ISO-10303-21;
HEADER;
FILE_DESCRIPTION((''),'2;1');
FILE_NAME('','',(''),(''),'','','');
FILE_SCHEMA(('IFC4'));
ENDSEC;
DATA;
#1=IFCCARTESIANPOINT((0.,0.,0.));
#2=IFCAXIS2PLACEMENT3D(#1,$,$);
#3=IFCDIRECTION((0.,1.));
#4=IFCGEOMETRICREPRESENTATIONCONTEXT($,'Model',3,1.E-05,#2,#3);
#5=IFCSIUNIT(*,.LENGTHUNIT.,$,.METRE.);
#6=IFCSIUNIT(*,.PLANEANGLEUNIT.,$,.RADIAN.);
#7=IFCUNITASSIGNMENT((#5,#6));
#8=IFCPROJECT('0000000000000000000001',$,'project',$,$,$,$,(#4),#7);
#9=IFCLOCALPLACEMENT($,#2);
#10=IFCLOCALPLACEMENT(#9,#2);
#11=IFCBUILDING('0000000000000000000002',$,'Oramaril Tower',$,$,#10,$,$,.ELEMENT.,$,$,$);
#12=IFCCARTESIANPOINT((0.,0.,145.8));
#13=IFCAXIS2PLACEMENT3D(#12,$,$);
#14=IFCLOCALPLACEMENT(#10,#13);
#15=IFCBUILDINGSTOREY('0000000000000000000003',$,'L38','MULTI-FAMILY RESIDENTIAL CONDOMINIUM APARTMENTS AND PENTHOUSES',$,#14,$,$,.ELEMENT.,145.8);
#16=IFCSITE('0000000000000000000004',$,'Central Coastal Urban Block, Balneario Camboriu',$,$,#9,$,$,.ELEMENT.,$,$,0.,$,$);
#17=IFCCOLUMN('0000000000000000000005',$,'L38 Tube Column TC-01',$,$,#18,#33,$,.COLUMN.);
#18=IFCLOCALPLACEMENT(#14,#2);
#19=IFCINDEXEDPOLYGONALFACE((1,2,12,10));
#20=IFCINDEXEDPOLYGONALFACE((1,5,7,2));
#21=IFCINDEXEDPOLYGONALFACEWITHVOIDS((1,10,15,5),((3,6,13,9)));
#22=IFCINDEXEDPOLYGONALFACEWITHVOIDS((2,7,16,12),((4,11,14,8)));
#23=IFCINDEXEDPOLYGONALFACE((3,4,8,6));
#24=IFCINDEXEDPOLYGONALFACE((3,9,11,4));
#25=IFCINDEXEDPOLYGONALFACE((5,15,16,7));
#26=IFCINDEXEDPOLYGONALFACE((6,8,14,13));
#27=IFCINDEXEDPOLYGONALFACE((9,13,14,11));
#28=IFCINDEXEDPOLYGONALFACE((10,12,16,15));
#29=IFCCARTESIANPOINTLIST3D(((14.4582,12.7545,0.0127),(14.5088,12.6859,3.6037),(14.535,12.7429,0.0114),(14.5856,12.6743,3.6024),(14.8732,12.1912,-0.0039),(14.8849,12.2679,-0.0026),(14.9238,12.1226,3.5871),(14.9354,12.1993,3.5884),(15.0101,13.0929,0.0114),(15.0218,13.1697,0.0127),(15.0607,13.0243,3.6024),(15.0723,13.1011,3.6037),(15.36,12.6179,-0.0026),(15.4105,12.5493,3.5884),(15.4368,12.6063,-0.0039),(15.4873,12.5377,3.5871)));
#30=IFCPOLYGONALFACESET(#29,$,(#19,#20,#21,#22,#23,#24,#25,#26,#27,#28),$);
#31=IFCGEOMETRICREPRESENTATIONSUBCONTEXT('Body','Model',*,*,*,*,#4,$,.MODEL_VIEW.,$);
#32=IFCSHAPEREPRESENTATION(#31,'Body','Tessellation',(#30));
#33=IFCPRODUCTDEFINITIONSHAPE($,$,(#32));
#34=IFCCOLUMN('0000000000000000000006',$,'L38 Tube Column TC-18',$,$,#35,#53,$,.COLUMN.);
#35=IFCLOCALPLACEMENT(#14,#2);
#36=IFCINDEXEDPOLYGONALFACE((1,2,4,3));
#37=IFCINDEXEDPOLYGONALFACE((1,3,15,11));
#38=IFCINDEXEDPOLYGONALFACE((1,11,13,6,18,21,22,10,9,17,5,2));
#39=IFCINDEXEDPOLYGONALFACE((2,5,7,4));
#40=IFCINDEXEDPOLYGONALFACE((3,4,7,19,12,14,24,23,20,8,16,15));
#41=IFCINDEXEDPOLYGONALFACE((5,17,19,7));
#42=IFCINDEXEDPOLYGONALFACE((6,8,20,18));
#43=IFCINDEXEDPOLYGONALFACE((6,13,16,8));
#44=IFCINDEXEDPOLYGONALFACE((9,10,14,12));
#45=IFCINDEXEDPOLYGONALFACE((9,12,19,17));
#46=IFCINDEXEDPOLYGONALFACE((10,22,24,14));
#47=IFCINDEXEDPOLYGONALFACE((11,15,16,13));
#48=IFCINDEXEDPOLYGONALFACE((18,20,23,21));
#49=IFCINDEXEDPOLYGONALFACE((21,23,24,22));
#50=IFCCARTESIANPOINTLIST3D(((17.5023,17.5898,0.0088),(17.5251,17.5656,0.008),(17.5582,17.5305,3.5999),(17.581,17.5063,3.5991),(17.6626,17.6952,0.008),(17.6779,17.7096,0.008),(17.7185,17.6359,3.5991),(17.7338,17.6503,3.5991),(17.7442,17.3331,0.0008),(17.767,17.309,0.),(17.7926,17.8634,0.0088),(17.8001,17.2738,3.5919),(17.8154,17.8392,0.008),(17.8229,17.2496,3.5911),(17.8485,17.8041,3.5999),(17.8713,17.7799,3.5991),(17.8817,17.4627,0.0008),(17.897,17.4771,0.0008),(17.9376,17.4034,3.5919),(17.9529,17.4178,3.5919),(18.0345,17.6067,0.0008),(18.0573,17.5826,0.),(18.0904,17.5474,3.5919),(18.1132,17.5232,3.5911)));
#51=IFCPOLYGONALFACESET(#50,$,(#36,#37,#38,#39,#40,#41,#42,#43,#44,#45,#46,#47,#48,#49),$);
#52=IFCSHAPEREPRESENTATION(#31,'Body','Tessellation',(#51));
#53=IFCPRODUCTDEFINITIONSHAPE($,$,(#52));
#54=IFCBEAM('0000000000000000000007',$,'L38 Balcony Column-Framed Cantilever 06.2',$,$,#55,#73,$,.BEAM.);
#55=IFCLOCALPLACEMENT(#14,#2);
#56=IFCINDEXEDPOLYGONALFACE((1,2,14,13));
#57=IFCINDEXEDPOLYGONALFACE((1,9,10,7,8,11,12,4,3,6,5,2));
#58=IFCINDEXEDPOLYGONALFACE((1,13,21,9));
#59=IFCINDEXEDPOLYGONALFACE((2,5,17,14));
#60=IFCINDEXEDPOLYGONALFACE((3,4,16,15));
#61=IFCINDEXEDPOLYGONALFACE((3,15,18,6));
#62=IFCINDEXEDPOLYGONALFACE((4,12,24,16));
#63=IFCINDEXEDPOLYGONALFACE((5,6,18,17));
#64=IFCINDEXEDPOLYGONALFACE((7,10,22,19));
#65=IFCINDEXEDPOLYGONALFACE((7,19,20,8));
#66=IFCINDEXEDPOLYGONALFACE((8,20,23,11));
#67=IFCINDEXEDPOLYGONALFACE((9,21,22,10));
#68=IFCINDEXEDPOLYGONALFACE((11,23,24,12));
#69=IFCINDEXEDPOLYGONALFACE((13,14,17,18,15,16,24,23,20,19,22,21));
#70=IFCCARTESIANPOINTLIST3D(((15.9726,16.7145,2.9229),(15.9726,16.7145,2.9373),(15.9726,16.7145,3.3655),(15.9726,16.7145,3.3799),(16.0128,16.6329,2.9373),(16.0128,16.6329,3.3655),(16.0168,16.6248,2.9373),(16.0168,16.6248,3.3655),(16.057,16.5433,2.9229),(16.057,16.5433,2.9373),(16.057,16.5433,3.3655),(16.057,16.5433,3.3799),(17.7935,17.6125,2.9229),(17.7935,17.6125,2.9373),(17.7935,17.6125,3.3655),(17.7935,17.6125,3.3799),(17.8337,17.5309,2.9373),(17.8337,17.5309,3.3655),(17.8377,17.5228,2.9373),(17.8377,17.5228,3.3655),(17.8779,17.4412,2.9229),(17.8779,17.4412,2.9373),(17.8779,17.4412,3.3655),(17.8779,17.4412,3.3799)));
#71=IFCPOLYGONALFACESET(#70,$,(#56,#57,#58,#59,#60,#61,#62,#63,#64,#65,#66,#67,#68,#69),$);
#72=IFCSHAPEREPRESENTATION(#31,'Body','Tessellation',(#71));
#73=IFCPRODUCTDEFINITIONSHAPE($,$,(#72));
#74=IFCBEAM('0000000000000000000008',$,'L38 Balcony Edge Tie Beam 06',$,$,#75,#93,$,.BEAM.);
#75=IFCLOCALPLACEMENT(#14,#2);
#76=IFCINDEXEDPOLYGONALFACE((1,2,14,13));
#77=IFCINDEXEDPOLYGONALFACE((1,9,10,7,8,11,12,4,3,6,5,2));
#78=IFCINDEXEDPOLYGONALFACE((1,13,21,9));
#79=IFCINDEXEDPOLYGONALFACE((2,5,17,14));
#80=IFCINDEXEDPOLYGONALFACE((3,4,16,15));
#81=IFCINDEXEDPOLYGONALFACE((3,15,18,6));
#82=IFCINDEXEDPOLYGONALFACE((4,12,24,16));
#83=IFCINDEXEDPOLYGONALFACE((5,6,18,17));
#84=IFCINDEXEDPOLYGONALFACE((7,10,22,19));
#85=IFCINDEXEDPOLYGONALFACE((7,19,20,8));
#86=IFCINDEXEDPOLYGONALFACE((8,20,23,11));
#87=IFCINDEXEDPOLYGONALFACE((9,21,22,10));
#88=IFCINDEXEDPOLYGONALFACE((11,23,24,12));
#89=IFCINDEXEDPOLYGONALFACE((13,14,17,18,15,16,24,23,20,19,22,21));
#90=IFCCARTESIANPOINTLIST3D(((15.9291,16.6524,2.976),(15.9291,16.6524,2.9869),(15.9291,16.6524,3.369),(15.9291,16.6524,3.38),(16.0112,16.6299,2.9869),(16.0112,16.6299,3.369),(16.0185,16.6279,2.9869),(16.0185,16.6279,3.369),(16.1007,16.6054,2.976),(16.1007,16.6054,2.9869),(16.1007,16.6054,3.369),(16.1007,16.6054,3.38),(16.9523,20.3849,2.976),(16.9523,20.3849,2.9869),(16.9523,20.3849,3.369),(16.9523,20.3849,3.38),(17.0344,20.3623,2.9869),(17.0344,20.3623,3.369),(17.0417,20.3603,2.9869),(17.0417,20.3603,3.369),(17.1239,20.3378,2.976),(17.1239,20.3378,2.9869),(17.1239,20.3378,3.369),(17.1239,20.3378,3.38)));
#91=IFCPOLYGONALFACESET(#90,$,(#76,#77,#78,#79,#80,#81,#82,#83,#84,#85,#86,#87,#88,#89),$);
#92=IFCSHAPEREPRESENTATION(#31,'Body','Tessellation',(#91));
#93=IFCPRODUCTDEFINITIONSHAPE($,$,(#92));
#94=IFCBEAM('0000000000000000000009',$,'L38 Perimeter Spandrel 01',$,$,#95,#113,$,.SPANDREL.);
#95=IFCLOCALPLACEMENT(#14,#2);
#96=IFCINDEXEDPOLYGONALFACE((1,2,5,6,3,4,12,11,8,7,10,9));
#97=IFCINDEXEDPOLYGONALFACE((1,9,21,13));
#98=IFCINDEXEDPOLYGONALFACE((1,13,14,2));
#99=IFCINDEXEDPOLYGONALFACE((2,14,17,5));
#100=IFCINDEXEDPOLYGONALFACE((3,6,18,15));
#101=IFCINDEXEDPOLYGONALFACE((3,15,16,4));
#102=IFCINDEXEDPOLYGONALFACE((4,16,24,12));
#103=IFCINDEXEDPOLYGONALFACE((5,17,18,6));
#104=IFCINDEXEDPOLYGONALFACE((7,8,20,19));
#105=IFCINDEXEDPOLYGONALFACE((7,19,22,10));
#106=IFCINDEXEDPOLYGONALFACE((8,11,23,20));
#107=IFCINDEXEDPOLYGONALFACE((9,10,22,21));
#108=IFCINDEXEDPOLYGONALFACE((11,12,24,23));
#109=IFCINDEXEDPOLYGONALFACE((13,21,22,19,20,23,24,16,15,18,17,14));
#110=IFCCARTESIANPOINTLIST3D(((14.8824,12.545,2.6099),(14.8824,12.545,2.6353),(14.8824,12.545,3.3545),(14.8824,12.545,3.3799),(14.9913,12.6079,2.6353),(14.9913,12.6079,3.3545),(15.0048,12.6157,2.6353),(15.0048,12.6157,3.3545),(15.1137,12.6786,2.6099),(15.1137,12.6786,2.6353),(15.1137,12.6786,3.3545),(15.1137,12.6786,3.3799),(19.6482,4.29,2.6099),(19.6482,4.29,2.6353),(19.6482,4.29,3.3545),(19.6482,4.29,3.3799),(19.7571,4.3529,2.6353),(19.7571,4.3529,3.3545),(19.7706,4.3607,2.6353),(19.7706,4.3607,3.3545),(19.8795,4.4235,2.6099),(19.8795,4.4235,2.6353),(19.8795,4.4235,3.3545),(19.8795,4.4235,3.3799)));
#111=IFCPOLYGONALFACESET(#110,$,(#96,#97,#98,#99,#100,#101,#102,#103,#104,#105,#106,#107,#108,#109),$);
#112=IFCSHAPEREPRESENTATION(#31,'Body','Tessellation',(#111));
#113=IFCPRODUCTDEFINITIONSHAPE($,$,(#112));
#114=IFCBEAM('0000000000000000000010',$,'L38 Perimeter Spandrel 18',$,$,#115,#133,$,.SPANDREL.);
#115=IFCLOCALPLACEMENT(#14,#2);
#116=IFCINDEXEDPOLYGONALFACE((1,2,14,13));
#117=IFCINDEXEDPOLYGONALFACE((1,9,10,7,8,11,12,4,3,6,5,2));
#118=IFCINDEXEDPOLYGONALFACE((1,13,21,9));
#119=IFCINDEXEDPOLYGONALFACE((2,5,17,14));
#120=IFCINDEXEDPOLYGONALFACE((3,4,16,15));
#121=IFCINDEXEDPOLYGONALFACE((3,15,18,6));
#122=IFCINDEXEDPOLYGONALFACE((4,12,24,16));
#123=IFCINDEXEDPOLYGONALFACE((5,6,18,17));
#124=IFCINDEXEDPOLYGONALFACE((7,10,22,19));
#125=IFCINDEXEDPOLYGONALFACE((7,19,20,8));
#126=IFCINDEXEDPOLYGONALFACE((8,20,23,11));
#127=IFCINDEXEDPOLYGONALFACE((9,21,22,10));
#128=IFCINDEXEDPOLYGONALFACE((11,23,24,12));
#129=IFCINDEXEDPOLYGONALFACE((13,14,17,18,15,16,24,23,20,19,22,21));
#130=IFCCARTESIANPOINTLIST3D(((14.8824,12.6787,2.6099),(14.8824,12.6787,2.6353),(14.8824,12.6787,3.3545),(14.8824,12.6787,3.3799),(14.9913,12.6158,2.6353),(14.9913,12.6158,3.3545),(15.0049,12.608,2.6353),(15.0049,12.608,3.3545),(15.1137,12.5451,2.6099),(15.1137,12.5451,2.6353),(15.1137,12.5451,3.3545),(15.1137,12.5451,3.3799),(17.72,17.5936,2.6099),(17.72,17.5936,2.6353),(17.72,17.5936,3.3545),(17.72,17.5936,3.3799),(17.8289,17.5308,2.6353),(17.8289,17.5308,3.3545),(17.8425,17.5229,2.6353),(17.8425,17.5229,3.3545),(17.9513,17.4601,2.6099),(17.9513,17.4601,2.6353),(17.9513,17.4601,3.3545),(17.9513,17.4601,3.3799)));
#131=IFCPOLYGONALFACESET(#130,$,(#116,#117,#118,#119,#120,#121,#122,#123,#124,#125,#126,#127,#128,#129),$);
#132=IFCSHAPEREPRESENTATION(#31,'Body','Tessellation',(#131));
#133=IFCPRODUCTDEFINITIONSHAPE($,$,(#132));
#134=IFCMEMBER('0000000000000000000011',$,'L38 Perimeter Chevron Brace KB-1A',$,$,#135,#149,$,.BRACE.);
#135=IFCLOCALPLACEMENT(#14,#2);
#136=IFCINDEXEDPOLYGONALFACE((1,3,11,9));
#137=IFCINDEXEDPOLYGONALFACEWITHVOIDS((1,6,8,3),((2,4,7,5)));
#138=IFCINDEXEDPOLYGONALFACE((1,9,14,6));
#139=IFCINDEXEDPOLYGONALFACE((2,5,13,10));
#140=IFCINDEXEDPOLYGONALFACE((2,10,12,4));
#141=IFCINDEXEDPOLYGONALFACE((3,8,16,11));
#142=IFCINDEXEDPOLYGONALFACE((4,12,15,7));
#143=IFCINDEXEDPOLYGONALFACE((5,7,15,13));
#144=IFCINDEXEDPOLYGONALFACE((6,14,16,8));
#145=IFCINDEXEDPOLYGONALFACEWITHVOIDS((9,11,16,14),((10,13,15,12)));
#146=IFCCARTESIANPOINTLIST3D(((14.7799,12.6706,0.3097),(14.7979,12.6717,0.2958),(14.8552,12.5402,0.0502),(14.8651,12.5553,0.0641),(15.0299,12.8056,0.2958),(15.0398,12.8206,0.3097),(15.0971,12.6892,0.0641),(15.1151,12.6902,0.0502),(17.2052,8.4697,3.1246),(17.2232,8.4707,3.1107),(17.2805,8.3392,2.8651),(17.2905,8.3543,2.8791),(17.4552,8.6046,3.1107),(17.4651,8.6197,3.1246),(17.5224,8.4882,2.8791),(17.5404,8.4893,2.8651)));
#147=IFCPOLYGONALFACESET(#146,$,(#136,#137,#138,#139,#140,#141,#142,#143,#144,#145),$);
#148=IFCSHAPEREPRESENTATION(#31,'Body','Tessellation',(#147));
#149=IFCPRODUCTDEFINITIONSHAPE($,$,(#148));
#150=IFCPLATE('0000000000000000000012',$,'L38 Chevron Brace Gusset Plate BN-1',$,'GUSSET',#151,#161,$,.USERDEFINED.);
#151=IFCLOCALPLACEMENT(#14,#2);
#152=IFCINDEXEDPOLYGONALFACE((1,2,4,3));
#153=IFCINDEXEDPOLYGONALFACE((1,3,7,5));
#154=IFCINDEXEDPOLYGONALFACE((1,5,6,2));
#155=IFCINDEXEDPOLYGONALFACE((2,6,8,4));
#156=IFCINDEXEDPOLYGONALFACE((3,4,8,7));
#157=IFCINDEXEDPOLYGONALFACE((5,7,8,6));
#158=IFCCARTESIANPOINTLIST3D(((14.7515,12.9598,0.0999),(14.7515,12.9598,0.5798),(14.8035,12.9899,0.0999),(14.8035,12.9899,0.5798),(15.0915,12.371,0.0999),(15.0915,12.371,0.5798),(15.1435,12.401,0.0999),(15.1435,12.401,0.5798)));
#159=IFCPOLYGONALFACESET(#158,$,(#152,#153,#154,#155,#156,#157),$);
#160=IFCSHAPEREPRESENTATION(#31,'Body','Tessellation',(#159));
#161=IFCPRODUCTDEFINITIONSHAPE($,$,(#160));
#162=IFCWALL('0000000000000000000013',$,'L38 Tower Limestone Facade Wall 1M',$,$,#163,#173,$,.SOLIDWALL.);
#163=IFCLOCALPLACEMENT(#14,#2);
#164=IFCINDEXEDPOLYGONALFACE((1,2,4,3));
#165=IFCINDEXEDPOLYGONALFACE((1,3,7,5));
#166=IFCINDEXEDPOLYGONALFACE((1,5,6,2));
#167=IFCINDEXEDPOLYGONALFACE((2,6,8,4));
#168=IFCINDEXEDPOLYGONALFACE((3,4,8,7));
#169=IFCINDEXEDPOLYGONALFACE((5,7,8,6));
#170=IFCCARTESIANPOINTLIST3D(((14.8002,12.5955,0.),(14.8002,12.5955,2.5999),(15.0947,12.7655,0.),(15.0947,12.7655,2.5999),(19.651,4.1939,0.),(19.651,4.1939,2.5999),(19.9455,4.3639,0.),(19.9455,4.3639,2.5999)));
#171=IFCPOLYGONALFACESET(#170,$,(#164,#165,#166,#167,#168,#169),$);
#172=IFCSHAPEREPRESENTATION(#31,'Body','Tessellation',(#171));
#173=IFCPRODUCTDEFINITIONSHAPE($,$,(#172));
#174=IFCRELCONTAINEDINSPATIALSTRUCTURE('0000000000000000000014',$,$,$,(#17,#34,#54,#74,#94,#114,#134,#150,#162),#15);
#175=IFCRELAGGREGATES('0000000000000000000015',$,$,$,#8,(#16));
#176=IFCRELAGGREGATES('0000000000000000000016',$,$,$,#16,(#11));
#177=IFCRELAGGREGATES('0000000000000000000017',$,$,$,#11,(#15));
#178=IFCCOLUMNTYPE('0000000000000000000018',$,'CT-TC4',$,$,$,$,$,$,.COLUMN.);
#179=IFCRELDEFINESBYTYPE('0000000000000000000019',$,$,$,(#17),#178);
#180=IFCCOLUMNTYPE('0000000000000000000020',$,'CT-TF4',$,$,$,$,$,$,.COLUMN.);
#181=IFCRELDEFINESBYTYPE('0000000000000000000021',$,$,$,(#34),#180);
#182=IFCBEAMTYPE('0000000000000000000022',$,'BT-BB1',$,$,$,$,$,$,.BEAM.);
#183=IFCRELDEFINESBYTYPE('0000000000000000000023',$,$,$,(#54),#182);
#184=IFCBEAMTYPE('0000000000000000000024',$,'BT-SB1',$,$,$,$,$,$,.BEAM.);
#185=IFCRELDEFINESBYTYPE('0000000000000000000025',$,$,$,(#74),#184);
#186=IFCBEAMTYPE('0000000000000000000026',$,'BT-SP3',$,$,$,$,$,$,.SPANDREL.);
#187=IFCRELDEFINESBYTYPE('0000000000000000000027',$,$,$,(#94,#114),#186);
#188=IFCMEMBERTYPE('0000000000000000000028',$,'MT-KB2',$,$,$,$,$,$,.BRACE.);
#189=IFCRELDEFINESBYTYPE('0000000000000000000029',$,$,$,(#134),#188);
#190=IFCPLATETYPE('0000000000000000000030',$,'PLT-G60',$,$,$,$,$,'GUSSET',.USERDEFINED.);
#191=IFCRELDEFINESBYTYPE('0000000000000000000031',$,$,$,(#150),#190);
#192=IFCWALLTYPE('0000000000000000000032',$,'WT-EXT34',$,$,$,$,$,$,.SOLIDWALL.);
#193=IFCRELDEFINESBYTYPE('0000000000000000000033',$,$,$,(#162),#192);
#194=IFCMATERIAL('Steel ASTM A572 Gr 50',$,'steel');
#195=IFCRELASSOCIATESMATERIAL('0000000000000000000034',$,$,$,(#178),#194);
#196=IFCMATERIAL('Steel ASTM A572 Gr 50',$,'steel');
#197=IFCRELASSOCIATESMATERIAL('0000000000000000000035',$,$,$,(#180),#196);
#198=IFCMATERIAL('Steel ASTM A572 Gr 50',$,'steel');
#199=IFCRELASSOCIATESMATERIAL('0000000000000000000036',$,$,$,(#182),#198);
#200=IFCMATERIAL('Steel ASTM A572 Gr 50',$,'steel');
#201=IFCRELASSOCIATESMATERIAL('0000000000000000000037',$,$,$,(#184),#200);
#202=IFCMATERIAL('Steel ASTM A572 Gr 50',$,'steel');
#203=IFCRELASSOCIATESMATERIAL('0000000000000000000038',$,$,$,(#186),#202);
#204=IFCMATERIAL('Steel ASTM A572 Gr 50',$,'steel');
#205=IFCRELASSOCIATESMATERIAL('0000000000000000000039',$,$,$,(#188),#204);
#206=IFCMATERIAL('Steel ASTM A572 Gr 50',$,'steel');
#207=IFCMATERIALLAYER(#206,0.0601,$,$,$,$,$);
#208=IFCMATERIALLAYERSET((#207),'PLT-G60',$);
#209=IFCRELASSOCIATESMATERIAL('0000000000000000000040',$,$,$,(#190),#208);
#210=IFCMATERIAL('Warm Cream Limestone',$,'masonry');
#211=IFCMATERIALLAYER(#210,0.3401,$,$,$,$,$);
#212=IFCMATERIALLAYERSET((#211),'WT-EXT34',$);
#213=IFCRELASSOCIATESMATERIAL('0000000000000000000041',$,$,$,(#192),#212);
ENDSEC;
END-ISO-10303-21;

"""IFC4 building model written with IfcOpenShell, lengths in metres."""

from ifc_helpers import new_model, si_unit, direction, frame, frame_2d, origin, origin_2d, place, context, subcontext, project, spatial, rectangle, hollow_rectangle, i_section, extrude, material, layer, layer_set, material_profile, profile_set, type_object, element, save


model = new_model("IFC4")

# Units and contexts
model_context = context("Model", 3, precision=1e-05, world=origin(), true_north=direction((0.0, 1.0)))
body_context = subcontext(model_context, "Body", "Model", "MODEL_VIEW")
ifc_project = project(units=[si_unit("LENGTHUNIT", "METRE"), si_unit("PLANEANGLEUNIT", "RADIAN")], contexts=[model_context])

# Site, building, storey
site_placement = place(None, origin())
site = spatial("IfcSite", under=ifc_project, at=site_placement, Name="Central Coastal Urban Block, Balneario Camboriu", CompositionType="ELEMENT", RefElevation=0.0)
building_placement = place(site_placement, origin())
building = spatial("IfcBuilding", under=site, at=building_placement, Name="Oramaril Tower", CompositionType="ELEMENT")
storey_placement = place(building_placement, frame((0.0, 0.0, 145.8)))
storey = spatial("IfcBuildingStorey", under=building, at=storey_placement, Name="L38", Description="MULTI-FAMILY RESIDENTIAL CONDOMINIUM APARTMENTS AND PENTHOUSES", CompositionType="ELEMENT", Elevation=145.8)

# Columns
ifc_material_1 = material(Name="Steel ASTM A572 Gr 50", Category="steel")
ifc_material_profile_1 = material_profile(ifc_material_1, hollow_rectangle(XDim=0.7, YDim=0.7, WallThickness=0.0549, at=origin_2d()), Name="BOX700X700X55")
ifc_profile_set_1 = profile_set([ifc_material_profile_1], Name="Steel ASTM A572 Gr 50")
column_type_1 = type_object("IfcColumnType", Name="CT-TC4", PredefinedType="COLUMN", material=ifc_profile_set_1)
column_1_placement = place(storey_placement, frame((14.9475, 12.6804, 0.0044), z_axis=(0.014069, -0.019099, 0.999719), x_axis=(0.805128, 0.593101, 0.0)))
element("IfcColumn", 1, at=column_1_placement, inside=storey, type_object=column_type_1, Name="L38 Tube Column TC-01", PredefinedType="COLUMN", context=body_context, shape_type="SweptSolid", body=[
    extrude(hollow_rectangle(XDim=0.7, YDim=0.7, WallThickness=0.0549, at=origin_2d()), origin(), (0.0, 0.0, 1.0), 3.592),
])
ifc_material_2 = material(Name="Steel ASTM A572 Gr 50", Category="steel")
ifc_material_profile_2 = material_profile(ifc_material_2, i_section(OverallWidth=0.3989, OverallDepth=0.386, WebThickness=0.021, FlangeThickness=0.0332, at=origin_2d()), Name="W14X176")
ifc_profile_set_2 = profile_set([ifc_material_profile_2], Name="Steel ASTM A572 Gr 50")
column_type_2 = type_object("IfcColumnType", Name="CT-TF4", PredefinedType="COLUMN", material=ifc_profile_set_2)
column_2_placement = place(storey_placement, frame((17.7798, 17.5862, 0.0044), z_axis=(0.015565, -0.016516, 0.999742), x_axis=(0.72776, 0.685832, 0.0)))
element("IfcColumn", 2, at=column_2_placement, inside=storey, type_object=column_type_2, Name="L38 Tube Column TC-18", PredefinedType="COLUMN", context=body_context, shape_type="SweptSolid", body=[
    extrude(i_section(OverallWidth=0.3989, OverallDepth=0.386, WebThickness=0.021, FlangeThickness=0.0332, at=origin_2d()), origin(), (0.0, 0.0, 1.0), 3.592),
])

# Beams
ifc_material_3 = material(Name="Steel ASTM A572 Gr 50", Category="steel")
ifc_material_profile_3 = material_profile(ifc_material_3, i_section(OverallWidth=0.1909, OverallDepth=0.457, WebThickness=0.009, FlangeThickness=0.0144, at=origin_2d()), Name="W18X50")
ifc_profile_set_3 = profile_set([ifc_material_profile_3], Name="Steel ASTM A572 Gr 50")
beam_type_1 = type_object("IfcBeamType", Name="BT-BB1", PredefinedType="BEAM", material=ifc_profile_set_3)
beam_1_placement = place(storey_placement, frame((17.8357, 17.5269, 3.1514), z_axis=(-0.896867, -0.4423, 0.0), x_axis=(0.4423, -0.896867, 0.0)))
element("IfcBeam", 3, at=beam_1_placement, inside=storey, type_object=beam_type_1, Name="L38 Balcony Column-Framed Cantilever 06.2", PredefinedType="BEAM", context=body_context, shape_type="SweptSolid", body=[
    extrude(i_section(OverallWidth=0.1909, OverallDepth=0.457, WebThickness=0.009, FlangeThickness=0.0144, at=origin_2d()), origin(), (0.0, 0.0, 1.0), 2.0303),
])
ifc_material_4 = material(Name="Steel ASTM A572 Gr 50", Category="steel")
ifc_material_profile_4 = material_profile(ifc_material_4, i_section(OverallWidth=0.178, OverallDepth=0.4041, WebThickness=0.0076, FlangeThickness=0.011, at=origin_2d()), Name="W16X36")
ifc_profile_set_4 = profile_set([ifc_material_profile_4], Name="Steel ASTM A572 Gr 50")
beam_type_2 = type_object("IfcBeamType", Name="BT-SB1", PredefinedType="BEAM", material=ifc_profile_set_4)
beam_2_placement = place(storey_placement, frame((17.0381, 20.3613, 3.178), z_axis=(-0.264382, -0.964418, 0.0), x_axis=(0.964418, -0.264382, 0.0)))
element("IfcBeam", 4, at=beam_2_placement, inside=storey, type_object=beam_type_2, Name="L38 Balcony Edge Tie Beam 06", PredefinedType="BEAM", context=body_context, shape_type="SweptSolid", body=[
    extrude(i_section(OverallWidth=0.178, OverallDepth=0.4041, WebThickness=0.0076, FlangeThickness=0.011, at=origin_2d()), origin(), (0.0, 0.0, 1.0), 3.8701),
])
ifc_material_5 = material(Name="Steel ASTM A572 Gr 50", Category="steel")
ifc_material_profile_5 = material_profile(ifc_material_5, i_section(OverallWidth=0.2671, OverallDepth=0.77, WebThickness=0.0156, FlangeThickness=0.0254, at=origin_2d()), Name="W30X132")
ifc_profile_set_5 = profile_set([ifc_material_profile_5], Name="Steel ASTM A572 Gr 50")
beam_type_3 = type_object("IfcBeamType", Name="BT-SP3", PredefinedType="SPANDREL", material=ifc_profile_set_5)
beam_3_placement = place(storey_placement, frame((14.998, 12.6118, 2.9949), z_axis=(0.499982, -0.866036, 0.0), x_axis=(0.866036, 0.499982, 0.0)))
element("IfcBeam", 5, at=beam_3_placement, inside=storey, type_object=beam_type_3, Name="L38 Perimeter Spandrel 01", PredefinedType="SPANDREL", context=body_context, shape_type="SweptSolid", body=[
    extrude(i_section(OverallWidth=0.2671, OverallDepth=0.77, WebThickness=0.0156, FlangeThickness=0.0254, at=origin_2d()), origin(), (0.0, 0.0, 1.0), 9.532),
])
beam_4_placement = place(storey_placement, frame((17.8357, 17.5269, 2.9949), z_axis=(-0.499993, -0.866029, 0.0), x_axis=(0.866029, -0.499993, 0.0)))
element("IfcBeam", 6, at=beam_4_placement, inside=storey, type_object=beam_type_3, Name="L38 Perimeter Spandrel 18", PredefinedType="SPANDREL", context=body_context, shape_type="SweptSolid", body=[
    extrude(i_section(OverallWidth=0.2671, OverallDepth=0.77, WebThickness=0.0156, FlangeThickness=0.0254, at=origin_2d()), origin(), (0.0, 0.0, 1.0), 5.6753),
])

# Member
ifc_material_6 = material(Name="Steel ASTM A572 Gr 50", Category="steel")
ifc_material_profile_6 = material_profile(ifc_material_6, hollow_rectangle(XDim=0.3, YDim=0.3, WallThickness=0.0161, at=origin_2d()), Name="HSS300X300X16")
ifc_profile_set_6 = profile_set([ifc_material_profile_6], Name="Steel ASTM A572 Gr 50")
member_type = type_object("IfcMemberType", Name="MT-KB2", PredefinedType="BRACE", material=ifc_profile_set_6)
member_placement = place(storey_placement, frame((14.9475, 12.6804, 0.1799), z_axis=(0.432442, -0.749047, 0.501919), x_axis=(0.866036, 0.499982, 0.0)))
element("IfcMember", 7, at=member_placement, inside=storey, type_object=member_type, Name="L38 Perimeter Chevron Brace KB-1A", PredefinedType="BRACE", context=body_context, shape_type="SweptSolid", body=[
    extrude(hollow_rectangle(XDim=0.3, YDim=0.3, WallThickness=0.0161, at=origin_2d()), origin(), (0.0, 0.0, 1.0), 5.6084),
])

# Plate
ifc_material_7 = material(Name="Steel ASTM A572 Gr 50", Category="steel")
ifc_layer_1 = layer(ifc_material_7, 0.0601)
ifc_layer_set_1 = layer_set([ifc_layer_1], Name="PLT-G60")
plate_type = type_object("IfcPlateType", Name="PLT-G60", ElementType="GUSSET", PredefinedType="USERDEFINED", material=ifc_layer_set_1)
plate_placement = place(storey_placement, frame((14.9475, 12.6804, 0.0999), z_axis=(0.0, 0.0, 1.0), x_axis=(0.500003, -0.866024, 0.0)))
element("IfcPlate", 8, at=plate_placement, inside=storey, type_object=plate_type, Name="L38 Chevron Brace Gusset Plate BN-1", ObjectType="GUSSET", PredefinedType="USERDEFINED", context=body_context, shape_type="SweptSolid", body=[
    extrude(rectangle(XDim=0.6799, YDim=0.0601, at=origin_2d()), origin(), (0.0, 0.0, 1.0), 0.48),
])

# Wall
ifc_material_8 = material(Name="Warm Cream Limestone", Category="masonry")
ifc_layer_2 = layer(ifc_material_8, 0.3401)
ifc_layer_set_2 = layer_set([ifc_layer_2], Name="WT-EXT34")
wall_type_1 = type_object("IfcWallType", Name="WT-EXT34", PredefinedType="SOLIDWALL", material=ifc_layer_set_2)
wall_1_placement = place(storey_placement, frame((14.9475, 12.6804, 0.0), z_axis=(0.0, 0.0, 1.0), x_axis=(0.500012, -0.866018, 0.0)))
element("IfcWall", 9, at=wall_1_placement, inside=storey, type_object=wall_type_1, Name="L38 Tower Limestone Facade Wall 1M", PredefinedType="SOLIDWALL", context=body_context, shape_type="SweptSolid", body=[
    extrude(rectangle(XDim=9.7014, YDim=0.3401, at=frame_2d((4.8506, 0.0))), origin(), (0.0, 0.0, 1.0), 2.5999),
])

save(model, "model.ifc")
